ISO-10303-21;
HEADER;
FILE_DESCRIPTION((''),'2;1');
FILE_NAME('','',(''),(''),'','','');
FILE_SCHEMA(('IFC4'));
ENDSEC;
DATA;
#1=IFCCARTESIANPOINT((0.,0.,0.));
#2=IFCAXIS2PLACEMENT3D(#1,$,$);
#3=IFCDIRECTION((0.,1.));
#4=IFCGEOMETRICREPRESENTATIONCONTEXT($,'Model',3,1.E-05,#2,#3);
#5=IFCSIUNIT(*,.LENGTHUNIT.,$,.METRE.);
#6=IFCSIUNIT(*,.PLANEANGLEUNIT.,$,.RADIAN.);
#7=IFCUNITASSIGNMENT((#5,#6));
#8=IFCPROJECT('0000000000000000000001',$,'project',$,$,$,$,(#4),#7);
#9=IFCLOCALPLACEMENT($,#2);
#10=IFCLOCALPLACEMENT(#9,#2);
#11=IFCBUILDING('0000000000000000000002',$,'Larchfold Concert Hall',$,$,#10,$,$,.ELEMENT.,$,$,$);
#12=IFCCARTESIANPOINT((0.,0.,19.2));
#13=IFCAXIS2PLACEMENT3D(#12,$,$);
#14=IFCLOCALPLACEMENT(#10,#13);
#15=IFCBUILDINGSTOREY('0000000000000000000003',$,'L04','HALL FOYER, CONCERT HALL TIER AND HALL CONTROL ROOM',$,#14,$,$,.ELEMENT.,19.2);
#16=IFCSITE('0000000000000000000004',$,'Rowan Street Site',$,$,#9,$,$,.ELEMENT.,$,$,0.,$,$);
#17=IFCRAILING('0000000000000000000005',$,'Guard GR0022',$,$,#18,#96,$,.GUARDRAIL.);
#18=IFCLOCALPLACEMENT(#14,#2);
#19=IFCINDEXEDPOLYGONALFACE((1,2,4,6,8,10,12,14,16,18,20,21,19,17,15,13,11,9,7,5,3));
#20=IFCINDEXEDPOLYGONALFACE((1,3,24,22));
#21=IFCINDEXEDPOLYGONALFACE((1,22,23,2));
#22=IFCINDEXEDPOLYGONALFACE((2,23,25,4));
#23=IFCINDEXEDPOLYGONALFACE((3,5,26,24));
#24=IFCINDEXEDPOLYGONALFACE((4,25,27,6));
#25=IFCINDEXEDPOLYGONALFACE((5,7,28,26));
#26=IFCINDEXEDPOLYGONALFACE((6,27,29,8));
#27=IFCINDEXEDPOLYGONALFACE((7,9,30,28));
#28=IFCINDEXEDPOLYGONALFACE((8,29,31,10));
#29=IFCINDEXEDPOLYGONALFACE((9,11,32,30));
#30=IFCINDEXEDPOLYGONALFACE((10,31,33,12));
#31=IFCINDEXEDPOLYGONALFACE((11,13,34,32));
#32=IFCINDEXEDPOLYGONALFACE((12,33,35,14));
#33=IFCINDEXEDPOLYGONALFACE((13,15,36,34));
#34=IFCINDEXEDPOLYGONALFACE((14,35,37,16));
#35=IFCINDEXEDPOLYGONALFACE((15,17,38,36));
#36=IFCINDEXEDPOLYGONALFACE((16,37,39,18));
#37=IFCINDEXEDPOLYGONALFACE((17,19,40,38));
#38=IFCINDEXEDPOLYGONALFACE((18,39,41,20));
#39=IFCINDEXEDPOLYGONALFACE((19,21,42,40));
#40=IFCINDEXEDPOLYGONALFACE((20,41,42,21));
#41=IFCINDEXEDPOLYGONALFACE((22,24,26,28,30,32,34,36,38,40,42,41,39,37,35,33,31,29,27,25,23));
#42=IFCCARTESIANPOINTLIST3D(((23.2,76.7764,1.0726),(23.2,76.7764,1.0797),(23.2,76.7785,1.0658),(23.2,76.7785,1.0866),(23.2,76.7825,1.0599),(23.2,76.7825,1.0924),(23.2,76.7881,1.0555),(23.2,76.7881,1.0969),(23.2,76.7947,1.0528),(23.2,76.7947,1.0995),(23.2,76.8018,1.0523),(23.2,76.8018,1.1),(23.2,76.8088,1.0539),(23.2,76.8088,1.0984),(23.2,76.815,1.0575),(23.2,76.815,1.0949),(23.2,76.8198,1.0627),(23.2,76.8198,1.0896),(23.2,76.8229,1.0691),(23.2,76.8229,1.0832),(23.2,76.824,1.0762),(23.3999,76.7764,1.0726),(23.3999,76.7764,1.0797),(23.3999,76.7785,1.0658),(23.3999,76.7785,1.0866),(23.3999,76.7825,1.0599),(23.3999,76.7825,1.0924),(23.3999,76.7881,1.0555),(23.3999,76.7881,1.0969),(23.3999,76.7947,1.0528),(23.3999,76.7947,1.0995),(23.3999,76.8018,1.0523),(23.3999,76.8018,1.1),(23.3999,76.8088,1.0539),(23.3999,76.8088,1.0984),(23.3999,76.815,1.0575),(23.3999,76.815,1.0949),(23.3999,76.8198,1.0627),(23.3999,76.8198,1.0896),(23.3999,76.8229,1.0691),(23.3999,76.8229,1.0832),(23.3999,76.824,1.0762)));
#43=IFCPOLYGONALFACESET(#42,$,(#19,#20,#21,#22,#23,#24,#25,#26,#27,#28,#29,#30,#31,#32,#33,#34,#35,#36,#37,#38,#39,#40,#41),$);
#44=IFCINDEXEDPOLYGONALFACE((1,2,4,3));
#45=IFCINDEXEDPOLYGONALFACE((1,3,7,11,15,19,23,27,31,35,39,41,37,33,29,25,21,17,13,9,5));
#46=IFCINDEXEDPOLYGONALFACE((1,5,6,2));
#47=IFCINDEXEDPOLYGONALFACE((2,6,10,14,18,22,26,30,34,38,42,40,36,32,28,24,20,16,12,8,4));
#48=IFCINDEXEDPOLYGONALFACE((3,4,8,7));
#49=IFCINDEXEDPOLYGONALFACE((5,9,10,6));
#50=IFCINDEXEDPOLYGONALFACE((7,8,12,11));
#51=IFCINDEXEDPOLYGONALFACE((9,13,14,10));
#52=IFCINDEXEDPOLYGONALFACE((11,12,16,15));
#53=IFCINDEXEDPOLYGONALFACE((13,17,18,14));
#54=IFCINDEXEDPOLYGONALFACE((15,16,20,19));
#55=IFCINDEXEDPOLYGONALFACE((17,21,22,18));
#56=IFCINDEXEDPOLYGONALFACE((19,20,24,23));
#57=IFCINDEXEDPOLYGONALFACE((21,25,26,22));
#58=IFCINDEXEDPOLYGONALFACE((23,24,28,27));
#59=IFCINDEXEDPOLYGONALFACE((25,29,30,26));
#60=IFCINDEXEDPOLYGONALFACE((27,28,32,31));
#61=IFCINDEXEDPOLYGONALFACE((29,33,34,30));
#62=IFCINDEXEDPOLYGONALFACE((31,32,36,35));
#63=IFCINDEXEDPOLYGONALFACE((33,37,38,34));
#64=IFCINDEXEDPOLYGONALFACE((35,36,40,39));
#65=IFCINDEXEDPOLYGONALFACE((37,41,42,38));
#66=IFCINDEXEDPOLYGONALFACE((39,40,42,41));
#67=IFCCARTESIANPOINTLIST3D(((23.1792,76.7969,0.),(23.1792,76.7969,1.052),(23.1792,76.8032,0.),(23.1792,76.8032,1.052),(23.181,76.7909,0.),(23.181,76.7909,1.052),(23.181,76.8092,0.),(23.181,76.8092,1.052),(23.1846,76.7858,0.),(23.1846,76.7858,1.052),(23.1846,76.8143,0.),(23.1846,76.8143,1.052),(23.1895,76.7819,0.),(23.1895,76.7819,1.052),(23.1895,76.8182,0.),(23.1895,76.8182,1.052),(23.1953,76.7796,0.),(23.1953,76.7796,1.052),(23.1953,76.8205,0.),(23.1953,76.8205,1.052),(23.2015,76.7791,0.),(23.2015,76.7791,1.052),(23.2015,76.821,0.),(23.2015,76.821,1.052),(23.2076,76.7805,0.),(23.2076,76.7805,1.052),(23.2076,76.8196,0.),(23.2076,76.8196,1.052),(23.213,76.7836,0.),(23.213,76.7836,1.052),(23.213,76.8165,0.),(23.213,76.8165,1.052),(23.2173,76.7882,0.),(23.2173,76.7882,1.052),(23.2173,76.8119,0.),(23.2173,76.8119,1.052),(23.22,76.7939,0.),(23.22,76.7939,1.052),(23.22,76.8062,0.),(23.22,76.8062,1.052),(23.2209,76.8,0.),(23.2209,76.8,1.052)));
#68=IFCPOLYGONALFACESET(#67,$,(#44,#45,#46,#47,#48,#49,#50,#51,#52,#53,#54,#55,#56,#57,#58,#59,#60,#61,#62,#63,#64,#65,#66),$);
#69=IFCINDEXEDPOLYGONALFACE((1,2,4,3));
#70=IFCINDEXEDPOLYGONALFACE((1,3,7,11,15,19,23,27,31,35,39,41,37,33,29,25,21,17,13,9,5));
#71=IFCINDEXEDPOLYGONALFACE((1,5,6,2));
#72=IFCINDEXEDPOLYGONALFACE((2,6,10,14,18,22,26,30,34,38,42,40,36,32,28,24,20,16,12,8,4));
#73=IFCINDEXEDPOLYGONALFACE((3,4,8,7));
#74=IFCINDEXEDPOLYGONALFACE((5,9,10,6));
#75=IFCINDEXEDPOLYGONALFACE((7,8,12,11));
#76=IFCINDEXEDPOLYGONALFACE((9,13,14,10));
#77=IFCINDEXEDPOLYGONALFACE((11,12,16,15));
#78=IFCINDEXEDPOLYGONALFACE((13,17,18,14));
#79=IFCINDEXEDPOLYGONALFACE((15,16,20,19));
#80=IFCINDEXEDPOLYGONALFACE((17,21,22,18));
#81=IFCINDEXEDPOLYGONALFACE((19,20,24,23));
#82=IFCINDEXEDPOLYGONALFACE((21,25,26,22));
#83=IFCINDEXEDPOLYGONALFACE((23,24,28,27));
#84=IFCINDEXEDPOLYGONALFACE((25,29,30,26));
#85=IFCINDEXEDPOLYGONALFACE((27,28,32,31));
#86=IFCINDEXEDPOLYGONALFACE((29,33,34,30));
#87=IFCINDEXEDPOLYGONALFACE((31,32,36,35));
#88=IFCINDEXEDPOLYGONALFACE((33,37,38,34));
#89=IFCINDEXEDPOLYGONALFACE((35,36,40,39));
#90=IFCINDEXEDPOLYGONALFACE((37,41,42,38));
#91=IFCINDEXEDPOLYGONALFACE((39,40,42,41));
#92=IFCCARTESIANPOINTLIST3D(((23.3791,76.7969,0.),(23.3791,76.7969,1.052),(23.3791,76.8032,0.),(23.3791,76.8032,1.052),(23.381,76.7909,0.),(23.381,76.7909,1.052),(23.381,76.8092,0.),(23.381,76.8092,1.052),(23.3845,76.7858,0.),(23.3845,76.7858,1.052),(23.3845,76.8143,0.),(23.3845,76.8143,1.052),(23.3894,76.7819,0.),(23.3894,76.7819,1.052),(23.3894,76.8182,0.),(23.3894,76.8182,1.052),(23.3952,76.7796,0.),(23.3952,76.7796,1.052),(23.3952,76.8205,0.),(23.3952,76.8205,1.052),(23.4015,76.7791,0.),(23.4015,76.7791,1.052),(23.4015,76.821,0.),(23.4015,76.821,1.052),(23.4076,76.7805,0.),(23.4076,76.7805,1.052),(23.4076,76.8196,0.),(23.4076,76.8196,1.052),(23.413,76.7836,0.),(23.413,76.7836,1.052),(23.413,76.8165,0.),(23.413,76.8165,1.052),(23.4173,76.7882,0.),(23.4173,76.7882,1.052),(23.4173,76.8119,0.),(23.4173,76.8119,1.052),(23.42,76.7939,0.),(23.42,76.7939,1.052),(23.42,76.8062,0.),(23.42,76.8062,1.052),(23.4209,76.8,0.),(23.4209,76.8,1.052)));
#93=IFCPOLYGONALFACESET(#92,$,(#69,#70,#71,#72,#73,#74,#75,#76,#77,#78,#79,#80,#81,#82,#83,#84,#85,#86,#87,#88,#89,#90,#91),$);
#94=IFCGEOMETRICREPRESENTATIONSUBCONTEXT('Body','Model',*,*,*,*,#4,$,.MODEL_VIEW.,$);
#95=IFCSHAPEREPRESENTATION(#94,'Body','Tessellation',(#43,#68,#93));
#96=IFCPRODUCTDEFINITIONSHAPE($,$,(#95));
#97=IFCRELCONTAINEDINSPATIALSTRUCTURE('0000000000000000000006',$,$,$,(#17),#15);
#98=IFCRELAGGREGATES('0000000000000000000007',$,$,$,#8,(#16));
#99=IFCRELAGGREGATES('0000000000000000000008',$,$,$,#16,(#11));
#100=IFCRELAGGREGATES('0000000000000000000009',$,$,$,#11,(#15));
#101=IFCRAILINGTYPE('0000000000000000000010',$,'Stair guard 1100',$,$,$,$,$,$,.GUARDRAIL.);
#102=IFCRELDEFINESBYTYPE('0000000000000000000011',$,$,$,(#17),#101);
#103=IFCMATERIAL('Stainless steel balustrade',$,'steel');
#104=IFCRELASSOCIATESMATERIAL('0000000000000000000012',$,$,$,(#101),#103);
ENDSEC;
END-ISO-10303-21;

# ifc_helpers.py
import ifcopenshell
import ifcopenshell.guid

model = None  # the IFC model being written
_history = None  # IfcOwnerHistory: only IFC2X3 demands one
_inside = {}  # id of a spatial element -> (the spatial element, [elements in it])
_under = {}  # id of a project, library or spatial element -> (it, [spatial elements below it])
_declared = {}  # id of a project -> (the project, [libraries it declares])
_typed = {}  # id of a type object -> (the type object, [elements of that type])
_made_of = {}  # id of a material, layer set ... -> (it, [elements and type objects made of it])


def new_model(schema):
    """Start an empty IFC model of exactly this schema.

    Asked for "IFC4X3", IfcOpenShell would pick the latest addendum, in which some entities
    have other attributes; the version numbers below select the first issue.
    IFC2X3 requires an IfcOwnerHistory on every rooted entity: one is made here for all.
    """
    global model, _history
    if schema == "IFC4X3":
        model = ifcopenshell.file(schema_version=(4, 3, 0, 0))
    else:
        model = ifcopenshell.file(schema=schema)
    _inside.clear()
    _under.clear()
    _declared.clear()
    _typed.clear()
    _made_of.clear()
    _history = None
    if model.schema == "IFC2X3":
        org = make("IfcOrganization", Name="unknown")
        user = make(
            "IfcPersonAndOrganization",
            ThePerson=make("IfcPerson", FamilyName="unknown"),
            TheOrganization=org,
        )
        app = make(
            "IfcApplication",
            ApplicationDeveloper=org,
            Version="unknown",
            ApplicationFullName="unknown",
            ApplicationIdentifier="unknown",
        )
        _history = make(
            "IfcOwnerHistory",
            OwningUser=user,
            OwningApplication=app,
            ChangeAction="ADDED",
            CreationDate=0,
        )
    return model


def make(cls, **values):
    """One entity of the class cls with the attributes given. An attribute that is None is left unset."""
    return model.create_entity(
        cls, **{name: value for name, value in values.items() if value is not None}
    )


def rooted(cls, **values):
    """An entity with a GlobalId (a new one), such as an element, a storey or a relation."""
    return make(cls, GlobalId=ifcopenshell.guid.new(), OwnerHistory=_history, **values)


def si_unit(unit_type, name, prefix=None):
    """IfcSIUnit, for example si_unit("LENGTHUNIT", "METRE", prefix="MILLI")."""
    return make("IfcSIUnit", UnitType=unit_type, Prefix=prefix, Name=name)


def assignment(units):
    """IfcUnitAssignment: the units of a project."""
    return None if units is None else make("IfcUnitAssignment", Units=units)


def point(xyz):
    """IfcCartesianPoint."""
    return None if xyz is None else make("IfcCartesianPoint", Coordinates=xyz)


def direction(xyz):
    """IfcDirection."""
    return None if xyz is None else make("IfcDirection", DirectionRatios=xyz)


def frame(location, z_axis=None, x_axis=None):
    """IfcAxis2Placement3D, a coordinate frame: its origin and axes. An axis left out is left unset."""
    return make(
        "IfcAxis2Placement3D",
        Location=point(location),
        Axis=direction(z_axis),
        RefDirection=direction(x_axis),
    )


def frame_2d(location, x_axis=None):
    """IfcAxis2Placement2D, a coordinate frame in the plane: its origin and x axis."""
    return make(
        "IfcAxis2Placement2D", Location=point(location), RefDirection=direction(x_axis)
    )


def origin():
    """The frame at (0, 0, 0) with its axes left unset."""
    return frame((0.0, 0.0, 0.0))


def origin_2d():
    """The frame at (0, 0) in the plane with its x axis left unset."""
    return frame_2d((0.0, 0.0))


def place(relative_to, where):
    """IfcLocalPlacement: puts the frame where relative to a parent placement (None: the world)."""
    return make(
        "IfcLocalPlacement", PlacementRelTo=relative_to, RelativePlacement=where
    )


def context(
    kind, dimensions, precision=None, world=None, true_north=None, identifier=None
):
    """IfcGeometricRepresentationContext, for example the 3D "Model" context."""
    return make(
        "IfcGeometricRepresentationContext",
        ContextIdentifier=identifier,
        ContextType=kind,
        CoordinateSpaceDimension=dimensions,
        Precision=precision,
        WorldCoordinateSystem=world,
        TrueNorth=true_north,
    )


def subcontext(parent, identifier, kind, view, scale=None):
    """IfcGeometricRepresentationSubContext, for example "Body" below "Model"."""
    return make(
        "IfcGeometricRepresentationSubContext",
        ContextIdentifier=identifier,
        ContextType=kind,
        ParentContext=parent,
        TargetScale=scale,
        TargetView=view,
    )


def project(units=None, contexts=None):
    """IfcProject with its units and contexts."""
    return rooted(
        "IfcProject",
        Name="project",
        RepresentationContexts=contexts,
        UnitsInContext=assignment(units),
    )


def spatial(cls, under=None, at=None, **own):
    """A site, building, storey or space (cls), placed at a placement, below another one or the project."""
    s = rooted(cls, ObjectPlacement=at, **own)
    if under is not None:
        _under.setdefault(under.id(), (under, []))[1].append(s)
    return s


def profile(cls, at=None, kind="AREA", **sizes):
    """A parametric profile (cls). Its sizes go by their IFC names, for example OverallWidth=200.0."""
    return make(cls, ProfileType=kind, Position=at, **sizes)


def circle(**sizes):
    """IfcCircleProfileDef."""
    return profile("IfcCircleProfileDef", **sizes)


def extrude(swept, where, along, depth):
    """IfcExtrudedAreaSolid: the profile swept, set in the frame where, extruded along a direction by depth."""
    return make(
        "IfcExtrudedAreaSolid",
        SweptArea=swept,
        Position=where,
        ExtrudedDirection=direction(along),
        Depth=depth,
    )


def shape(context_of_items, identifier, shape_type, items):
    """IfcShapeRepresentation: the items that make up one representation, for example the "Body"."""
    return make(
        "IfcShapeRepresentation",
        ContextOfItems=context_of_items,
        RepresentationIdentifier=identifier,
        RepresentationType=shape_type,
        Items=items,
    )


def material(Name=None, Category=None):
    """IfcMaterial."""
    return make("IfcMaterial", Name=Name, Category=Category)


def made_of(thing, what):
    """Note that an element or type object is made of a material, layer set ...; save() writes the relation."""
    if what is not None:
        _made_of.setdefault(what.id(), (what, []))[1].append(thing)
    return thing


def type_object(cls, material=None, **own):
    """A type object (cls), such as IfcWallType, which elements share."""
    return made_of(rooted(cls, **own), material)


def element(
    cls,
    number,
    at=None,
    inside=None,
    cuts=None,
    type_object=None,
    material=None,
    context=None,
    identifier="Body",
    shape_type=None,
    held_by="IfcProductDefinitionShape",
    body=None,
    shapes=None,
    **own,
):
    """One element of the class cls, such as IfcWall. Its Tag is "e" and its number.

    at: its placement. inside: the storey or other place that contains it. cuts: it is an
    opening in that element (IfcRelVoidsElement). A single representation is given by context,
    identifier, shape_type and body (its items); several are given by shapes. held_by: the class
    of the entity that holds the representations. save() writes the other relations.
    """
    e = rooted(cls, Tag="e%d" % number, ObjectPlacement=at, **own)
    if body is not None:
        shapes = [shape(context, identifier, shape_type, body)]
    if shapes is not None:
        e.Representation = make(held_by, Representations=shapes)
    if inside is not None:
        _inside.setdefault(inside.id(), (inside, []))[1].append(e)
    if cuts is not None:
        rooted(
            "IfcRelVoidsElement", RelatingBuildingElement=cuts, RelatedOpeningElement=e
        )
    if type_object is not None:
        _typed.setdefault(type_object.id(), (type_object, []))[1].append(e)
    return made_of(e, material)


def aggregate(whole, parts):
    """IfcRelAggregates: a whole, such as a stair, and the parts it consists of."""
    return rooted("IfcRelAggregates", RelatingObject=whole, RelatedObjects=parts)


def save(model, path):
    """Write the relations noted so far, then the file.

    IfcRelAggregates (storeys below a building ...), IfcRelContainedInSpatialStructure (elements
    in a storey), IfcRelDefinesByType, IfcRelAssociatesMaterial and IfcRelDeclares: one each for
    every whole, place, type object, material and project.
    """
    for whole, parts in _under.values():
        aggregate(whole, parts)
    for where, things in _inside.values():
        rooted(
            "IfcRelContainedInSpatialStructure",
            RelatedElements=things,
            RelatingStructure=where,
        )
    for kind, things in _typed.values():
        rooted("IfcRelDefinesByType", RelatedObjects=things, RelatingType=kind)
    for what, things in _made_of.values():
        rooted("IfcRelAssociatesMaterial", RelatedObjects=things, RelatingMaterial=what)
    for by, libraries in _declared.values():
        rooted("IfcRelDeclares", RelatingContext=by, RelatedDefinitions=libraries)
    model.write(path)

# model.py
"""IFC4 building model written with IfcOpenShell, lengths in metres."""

from ifc_helpers import new_model, si_unit, direction, frame, origin, origin_2d, place, context, subcontext, project, spatial, circle, extrude, material, type_object, element, save


model = new_model("IFC4")

# Units and contexts
model_context = context("Model", 3, precision=1e-05, world=origin(), true_north=direction((0.0, 1.0)))
body_context = subcontext(model_context, "Body", "Model", "MODEL_VIEW")
ifc_project = project(units=[si_unit("LENGTHUNIT", "METRE"), si_unit("PLANEANGLEUNIT", "RADIAN")], contexts=[model_context])

# Site, building, storey
site_placement = place(None, origin())
site = spatial("IfcSite", under=ifc_project, at=site_placement, Name="Rowan Street Site", CompositionType="ELEMENT", RefElevation=0.0)
building_placement = place(site_placement, origin())
building = spatial("IfcBuilding", under=site, at=building_placement, Name="Larchfold Concert Hall", CompositionType="ELEMENT")
storey_placement = place(building_placement, frame((0.0, 0.0, 19.2)))
storey = spatial("IfcBuildingStorey", under=building, at=storey_placement, Name="L04", Description="HALL FOYER, CONCERT HALL TIER AND HALL CONTROL ROOM", CompositionType="ELEMENT", Elevation=19.2)

# Railing
ifc_material_1 = material(Name="Stainless steel balustrade", Category="steel")
railing_type_1 = type_object("IfcRailingType", Name="Stair guard 1100", PredefinedType="GUARDRAIL", material=ifc_material_1)
railing_1_placement = place(storey_placement, frame((23.2, 76.8, 0.0)))
element("IfcRailing", 1, at=railing_1_placement, inside=storey, type_object=railing_type_1, Name="Guard GR0022", PredefinedType="GUARDRAIL", context=body_context, shape_type="SweptSolid", body=[
    extrude(circle(Radius=0.0239, at=origin_2d()), frame((0.0, 0.0, 1.0762), z_axis=(1.0, 0.0, 0.0), x_axis=(0.0, 1.0, 0.0)), (0.0, 0.0, 1.0), 0.2),
    extrude(circle(Radius=0.021, at=origin_2d()), origin(), (0.0, 0.0, 1.0), 1.052),
    extrude(circle(Radius=0.021, at=origin_2d()), frame((0.2, 0.0, 0.0)), (0.0, 0.0, 1.0), 1.052),
])

save(model, "model.ifc")
